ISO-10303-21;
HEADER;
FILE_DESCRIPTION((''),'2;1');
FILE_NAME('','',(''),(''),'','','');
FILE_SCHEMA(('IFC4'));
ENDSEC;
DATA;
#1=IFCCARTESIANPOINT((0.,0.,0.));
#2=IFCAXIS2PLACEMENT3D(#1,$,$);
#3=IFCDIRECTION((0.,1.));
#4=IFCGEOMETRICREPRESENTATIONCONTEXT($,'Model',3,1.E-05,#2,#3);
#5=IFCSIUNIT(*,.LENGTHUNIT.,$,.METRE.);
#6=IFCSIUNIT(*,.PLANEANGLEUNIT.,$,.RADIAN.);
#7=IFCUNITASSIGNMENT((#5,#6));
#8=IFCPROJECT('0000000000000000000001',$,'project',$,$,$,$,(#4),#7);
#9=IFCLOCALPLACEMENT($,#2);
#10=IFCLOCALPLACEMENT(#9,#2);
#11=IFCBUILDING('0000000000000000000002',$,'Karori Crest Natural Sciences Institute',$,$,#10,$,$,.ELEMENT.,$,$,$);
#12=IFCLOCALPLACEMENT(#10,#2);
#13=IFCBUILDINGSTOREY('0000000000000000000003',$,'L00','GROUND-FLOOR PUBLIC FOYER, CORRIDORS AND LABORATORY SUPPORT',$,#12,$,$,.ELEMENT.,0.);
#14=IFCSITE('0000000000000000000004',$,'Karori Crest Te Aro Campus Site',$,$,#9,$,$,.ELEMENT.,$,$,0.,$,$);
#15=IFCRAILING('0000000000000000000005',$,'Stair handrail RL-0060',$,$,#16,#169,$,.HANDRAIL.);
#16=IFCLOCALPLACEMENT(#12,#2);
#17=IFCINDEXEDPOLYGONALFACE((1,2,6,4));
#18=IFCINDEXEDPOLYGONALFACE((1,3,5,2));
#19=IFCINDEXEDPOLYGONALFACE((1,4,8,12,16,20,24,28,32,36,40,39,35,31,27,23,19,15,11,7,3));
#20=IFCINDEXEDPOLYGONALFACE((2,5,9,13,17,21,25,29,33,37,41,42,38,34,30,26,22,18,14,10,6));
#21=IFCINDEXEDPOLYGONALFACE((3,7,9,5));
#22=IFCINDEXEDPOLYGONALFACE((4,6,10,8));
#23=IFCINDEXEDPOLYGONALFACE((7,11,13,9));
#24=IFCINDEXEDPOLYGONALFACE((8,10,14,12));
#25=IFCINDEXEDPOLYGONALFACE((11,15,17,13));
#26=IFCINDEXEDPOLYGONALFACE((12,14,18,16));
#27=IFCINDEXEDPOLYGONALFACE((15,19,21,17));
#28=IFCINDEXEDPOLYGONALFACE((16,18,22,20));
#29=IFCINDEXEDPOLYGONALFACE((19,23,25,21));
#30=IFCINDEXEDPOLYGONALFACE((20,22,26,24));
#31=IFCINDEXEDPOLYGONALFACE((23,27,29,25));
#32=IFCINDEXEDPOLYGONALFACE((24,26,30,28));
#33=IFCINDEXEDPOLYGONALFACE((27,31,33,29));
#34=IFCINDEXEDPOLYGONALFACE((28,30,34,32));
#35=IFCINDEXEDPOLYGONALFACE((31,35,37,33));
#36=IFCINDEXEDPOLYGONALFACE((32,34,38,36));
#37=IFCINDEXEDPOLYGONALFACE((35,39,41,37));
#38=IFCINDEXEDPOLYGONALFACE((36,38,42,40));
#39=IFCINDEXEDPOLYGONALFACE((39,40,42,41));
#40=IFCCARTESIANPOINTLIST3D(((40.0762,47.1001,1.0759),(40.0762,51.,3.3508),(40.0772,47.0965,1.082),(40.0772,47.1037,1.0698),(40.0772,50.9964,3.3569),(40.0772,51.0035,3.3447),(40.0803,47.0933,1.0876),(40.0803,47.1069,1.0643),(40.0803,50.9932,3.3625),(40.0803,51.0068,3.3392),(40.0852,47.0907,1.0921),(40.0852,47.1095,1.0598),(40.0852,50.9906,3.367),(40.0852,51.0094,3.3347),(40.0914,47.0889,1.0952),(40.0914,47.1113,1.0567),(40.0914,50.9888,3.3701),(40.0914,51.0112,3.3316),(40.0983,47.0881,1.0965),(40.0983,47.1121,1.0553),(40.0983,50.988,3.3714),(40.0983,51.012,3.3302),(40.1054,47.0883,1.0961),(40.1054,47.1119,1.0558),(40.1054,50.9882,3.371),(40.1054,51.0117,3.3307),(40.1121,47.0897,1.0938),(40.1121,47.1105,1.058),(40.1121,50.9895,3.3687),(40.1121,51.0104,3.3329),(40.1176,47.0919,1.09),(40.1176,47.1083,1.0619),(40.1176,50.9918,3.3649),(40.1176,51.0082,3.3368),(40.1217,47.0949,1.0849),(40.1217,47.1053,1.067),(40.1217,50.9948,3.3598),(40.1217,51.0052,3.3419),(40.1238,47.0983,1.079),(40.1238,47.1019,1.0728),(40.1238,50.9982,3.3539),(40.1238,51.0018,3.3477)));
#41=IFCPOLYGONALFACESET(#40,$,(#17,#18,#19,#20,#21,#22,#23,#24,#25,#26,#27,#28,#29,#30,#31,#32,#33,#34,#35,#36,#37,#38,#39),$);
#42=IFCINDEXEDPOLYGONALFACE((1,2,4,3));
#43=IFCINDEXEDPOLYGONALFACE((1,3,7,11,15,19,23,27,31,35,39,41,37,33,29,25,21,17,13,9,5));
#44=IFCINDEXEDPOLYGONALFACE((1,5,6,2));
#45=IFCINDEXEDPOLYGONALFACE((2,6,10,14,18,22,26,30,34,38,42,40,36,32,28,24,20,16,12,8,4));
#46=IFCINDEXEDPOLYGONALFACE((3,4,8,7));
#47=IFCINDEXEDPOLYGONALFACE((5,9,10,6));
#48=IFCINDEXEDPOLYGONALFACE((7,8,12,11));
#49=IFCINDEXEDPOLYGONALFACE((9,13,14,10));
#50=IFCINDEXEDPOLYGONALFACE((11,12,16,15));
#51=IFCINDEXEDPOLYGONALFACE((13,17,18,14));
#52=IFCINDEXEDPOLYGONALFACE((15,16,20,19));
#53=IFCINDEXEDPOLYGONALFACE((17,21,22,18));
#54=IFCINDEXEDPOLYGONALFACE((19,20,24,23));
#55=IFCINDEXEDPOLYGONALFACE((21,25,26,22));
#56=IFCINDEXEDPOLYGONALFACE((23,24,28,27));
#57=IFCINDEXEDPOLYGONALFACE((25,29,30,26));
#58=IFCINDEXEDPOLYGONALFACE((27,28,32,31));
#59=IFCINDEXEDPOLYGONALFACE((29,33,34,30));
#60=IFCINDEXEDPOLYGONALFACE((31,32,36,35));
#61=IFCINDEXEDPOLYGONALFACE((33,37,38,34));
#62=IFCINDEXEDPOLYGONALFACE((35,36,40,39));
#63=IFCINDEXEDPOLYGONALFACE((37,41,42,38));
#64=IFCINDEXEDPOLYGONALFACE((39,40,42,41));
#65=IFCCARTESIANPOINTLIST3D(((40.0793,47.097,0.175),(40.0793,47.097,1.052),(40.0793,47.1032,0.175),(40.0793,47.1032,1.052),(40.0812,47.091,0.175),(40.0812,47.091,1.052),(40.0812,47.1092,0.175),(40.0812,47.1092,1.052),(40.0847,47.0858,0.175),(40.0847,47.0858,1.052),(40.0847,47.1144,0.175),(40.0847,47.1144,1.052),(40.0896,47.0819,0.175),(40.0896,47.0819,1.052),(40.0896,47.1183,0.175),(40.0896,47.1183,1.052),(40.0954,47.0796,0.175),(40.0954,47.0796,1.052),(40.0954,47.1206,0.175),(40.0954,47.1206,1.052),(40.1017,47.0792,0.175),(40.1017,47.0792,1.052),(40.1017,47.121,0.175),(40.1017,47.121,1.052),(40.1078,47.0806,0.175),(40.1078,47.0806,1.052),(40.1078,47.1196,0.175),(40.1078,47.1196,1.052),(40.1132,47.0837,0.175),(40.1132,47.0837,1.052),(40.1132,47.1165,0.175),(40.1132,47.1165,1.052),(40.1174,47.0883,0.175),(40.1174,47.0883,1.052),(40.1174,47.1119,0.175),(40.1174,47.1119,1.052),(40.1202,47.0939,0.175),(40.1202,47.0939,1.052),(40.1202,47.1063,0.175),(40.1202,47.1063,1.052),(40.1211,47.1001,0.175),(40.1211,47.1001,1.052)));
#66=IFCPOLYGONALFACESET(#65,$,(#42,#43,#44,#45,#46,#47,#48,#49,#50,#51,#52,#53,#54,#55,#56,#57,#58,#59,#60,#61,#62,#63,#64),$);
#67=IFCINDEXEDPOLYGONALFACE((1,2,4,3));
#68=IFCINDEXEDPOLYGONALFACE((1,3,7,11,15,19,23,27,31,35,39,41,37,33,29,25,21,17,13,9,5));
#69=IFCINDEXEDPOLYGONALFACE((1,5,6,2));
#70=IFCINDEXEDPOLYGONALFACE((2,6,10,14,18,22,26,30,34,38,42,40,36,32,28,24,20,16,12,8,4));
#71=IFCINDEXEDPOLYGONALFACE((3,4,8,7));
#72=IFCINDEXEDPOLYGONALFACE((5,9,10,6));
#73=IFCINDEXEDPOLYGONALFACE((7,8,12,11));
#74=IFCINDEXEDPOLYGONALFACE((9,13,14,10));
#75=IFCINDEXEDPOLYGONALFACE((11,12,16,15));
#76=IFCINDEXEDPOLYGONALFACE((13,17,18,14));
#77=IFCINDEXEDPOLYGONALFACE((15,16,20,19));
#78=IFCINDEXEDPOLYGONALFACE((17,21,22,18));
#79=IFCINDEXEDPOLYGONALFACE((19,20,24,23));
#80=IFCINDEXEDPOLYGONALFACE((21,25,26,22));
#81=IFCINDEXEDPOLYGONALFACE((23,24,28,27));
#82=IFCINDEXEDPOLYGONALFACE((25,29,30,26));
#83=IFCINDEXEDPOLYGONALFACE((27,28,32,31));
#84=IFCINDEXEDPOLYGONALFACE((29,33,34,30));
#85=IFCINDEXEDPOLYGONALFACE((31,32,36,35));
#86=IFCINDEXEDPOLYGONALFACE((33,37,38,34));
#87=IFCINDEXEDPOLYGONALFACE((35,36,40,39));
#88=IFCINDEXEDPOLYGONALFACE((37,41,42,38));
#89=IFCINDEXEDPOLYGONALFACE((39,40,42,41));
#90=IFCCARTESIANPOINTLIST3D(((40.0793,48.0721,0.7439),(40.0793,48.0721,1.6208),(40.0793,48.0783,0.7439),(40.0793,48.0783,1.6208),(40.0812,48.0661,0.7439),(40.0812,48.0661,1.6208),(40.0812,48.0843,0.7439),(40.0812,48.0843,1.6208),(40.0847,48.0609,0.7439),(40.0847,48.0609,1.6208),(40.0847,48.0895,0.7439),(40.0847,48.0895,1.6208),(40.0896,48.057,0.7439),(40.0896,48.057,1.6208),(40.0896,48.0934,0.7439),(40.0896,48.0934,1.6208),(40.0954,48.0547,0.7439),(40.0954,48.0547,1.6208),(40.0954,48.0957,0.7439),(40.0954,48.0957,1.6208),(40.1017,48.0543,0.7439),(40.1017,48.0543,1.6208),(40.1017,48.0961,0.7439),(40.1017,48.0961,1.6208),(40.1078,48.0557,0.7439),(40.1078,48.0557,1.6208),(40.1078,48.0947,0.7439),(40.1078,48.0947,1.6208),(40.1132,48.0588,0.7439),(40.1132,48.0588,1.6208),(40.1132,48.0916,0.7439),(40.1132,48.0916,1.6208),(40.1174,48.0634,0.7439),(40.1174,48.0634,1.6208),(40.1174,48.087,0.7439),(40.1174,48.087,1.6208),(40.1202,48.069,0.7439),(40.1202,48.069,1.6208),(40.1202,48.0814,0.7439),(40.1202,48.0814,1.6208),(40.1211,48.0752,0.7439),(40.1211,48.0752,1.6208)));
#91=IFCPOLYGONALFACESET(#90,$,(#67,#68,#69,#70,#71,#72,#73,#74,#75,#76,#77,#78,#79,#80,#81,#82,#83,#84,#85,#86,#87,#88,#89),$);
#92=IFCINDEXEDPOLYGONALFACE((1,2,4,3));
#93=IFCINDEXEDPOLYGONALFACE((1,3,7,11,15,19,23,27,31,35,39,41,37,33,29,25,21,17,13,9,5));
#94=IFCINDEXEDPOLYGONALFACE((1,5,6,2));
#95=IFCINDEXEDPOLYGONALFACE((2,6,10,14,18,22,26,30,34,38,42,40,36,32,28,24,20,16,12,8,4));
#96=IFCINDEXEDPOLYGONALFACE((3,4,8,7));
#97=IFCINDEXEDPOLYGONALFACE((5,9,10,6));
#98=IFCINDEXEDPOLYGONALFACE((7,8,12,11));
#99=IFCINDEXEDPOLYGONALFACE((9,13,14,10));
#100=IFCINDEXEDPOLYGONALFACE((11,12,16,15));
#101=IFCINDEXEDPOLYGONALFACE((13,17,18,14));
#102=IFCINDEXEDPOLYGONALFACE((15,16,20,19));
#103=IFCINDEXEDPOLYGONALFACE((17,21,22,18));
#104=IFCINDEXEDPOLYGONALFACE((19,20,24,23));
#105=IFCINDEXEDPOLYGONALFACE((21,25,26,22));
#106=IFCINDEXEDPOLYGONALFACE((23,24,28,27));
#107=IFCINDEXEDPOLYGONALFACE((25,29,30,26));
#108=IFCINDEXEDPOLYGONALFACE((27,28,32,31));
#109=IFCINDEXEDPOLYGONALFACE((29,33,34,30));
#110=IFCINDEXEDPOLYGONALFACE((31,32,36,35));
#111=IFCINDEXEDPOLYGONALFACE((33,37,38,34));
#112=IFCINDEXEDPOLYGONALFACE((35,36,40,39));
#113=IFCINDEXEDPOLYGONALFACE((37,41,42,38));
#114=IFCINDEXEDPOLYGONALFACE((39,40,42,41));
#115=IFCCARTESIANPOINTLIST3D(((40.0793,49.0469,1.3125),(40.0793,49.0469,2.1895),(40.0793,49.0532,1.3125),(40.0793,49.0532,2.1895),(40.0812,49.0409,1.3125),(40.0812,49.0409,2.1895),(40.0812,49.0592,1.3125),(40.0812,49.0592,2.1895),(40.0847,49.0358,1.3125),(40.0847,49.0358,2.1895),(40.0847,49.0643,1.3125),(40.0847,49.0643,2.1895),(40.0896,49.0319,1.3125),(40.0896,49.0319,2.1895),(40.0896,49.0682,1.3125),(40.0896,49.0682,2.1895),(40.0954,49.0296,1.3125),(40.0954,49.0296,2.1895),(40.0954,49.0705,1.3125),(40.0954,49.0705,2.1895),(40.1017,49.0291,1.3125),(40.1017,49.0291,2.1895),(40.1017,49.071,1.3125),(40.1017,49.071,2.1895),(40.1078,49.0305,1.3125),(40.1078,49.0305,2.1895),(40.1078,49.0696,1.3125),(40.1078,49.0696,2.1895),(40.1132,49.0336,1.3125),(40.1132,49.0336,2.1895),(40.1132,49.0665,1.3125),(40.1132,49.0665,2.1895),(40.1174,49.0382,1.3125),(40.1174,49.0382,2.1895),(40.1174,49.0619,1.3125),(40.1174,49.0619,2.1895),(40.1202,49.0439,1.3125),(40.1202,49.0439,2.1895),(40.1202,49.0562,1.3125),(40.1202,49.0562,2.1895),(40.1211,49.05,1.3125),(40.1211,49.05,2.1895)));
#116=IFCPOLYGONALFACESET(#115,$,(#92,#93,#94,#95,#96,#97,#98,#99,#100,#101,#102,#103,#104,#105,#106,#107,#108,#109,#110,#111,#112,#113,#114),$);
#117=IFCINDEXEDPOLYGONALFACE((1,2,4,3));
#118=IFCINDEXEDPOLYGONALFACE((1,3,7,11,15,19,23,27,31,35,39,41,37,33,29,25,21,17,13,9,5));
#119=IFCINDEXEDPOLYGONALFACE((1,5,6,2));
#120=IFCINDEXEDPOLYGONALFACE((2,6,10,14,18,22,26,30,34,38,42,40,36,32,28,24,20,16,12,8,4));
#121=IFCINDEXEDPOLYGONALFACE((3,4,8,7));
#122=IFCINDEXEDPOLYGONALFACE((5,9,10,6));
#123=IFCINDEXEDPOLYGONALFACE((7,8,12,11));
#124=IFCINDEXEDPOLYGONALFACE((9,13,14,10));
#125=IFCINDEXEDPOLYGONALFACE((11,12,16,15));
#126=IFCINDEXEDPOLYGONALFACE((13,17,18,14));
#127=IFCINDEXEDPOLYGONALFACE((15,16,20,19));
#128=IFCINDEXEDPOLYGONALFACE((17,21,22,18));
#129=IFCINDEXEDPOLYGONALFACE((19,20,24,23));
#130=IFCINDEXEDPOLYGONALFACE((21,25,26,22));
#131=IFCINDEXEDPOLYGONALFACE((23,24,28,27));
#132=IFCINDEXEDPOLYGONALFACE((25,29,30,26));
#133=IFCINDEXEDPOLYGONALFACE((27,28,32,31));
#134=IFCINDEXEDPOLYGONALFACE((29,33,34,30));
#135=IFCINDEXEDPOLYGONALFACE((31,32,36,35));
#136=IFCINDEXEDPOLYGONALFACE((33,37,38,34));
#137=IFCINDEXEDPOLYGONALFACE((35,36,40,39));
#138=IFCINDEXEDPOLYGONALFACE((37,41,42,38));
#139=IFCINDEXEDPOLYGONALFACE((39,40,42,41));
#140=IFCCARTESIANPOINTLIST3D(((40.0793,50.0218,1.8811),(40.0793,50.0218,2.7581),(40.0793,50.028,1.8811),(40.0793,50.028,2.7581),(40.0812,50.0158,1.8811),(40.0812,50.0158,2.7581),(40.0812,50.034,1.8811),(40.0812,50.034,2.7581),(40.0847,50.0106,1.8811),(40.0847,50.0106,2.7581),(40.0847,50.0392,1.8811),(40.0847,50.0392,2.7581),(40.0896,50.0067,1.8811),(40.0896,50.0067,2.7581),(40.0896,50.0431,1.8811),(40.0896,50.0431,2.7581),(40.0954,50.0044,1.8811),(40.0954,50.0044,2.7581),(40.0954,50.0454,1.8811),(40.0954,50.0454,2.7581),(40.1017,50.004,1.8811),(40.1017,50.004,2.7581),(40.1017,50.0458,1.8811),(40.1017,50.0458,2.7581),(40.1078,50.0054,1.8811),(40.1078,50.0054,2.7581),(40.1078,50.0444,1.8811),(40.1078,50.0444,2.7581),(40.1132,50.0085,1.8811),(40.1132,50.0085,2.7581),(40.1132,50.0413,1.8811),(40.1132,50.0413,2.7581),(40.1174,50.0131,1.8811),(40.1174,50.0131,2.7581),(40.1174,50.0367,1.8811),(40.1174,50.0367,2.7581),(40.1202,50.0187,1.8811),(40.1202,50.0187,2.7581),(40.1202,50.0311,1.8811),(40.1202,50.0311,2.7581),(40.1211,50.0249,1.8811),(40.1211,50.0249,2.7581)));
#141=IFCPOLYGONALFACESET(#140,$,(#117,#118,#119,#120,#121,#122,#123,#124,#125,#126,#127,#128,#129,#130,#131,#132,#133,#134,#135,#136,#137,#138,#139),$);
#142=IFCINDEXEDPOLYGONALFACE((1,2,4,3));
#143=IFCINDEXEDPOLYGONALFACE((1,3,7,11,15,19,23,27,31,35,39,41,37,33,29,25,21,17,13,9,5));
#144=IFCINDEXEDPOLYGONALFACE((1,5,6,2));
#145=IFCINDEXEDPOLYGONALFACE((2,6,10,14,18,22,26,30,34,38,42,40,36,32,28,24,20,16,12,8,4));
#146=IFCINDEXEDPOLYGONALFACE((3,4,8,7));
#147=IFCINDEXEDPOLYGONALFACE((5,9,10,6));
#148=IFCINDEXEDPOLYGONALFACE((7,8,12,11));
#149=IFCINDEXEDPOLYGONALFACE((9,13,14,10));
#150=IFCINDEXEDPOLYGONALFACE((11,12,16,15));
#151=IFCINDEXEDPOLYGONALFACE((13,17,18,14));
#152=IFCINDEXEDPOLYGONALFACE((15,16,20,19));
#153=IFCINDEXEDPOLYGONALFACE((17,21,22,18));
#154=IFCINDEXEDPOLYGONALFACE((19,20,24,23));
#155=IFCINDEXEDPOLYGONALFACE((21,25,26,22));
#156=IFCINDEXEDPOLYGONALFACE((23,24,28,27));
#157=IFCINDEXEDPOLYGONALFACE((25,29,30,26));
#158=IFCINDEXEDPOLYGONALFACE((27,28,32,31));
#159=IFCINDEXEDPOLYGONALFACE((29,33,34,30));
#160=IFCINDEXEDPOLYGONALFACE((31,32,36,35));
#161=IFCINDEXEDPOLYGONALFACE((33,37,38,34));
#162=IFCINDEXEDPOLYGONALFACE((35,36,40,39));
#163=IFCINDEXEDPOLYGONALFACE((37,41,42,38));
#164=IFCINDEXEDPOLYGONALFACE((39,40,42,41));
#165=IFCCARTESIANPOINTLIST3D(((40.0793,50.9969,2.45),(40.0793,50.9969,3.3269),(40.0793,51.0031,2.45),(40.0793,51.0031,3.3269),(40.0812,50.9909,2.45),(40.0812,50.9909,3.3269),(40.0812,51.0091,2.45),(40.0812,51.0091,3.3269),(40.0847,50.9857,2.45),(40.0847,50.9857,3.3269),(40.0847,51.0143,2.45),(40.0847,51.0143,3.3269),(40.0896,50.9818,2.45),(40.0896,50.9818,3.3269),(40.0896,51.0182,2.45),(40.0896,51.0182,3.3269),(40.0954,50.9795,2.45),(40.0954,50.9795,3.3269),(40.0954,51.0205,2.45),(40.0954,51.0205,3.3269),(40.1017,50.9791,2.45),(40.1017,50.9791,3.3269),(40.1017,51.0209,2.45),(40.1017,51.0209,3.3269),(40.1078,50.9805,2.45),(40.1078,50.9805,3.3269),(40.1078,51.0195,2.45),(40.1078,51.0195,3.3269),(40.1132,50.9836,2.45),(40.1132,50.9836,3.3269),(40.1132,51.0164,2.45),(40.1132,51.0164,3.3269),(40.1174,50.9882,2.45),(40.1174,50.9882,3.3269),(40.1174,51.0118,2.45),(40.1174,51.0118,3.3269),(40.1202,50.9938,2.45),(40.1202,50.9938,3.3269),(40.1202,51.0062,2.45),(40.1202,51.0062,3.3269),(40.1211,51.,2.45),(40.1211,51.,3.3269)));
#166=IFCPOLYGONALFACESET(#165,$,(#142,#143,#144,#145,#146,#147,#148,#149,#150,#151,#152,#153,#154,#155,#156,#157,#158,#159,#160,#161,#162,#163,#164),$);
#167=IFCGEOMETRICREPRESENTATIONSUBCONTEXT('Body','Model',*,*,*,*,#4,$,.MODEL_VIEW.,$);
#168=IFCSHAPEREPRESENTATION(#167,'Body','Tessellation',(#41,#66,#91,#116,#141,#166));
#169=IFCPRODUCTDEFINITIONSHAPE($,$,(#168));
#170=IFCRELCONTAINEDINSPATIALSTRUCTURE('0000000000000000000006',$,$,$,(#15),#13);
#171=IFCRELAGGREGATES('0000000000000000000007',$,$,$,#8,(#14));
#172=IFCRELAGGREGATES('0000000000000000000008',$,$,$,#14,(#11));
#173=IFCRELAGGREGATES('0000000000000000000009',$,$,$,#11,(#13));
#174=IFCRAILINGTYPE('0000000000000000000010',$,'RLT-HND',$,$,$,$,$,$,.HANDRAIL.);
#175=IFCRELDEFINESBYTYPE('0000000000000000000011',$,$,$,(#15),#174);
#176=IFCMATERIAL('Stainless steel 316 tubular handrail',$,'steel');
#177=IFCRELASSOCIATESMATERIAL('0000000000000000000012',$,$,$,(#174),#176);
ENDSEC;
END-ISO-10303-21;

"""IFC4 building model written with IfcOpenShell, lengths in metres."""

from ifc_helpers import new_model, si_unit, direction, frame, origin, origin_2d, place, context, subcontext, project, spatial, circle, extrude, material, type_object, element, save


model = new_model("IFC4")

# Units and contexts
model_context = context("Model", 3, precision=1e-05, world=origin(), true_north=direction((0.0, 1.0)))
body_context = subcontext(model_context, "Body", "Model", "MODEL_VIEW")
ifc_project = project(units=[si_unit("LENGTHUNIT", "METRE"), si_unit("PLANEANGLEUNIT", "RADIAN")], contexts=[model_context])

# Site, building, storey
site_placement = place(None, origin())
site = spatial("IfcSite", under=ifc_project, at=site_placement, Name="Karori Crest Te Aro Campus Site", CompositionType="ELEMENT", RefElevation=0.0)
building_placement = place(site_placement, origin())
building = spatial("IfcBuilding", under=site, at=building_placement, Name="Karori Crest Natural Sciences Institute", CompositionType="ELEMENT")
storey_placement = place(building_placement, origin())
storey = spatial("IfcBuildingStorey", under=building, at=storey_placement, Name="L00", Description="GROUND-FLOOR PUBLIC FOYER, CORRIDORS AND LABORATORY SUPPORT", CompositionType="ELEMENT", Elevation=0.0)

# Railing
ifc_material_1 = material(Name="Stainless steel 316 tubular handrail", Category="steel")
railing_type_1 = type_object("IfcRailingType", Name="RLT-HND", PredefinedType="HANDRAIL", material=ifc_material_1)
railing_1_placement = place(storey_placement, frame((40.1001, 47.1001, 0.175)))
element("IfcRailing", 1, at=railing_1_placement, inside=storey, type_object=railing_type_1, Name="Stair handrail RL-0060", PredefinedType="HANDRAIL", context=body_context, shape_type="SweptSolid", body=[
    extrude(circle(Radius=0.0239, at=origin_2d()), frame((0.0, 0.0, 0.9009), z_axis=(0.0, 0.863783, 0.503864), x_axis=(-1.0, 0.0, 0.0)), (0.0, 0.0, 1.0), 4.5149),
    extrude(circle(Radius=0.021, at=origin_2d()), origin(), (0.0, 0.0, 1.0), 0.877),
    extrude(circle(Radius=0.021, at=origin_2d()), frame((0.0, 0.9751, 0.5688)), (0.0, 0.0, 1.0), 0.877),
    extrude(circle(Radius=0.021, at=origin_2d()), frame((0.0, 1.95, 1.1375)), (0.0, 0.0, 1.0), 0.877),
    extrude(circle(Radius=0.021, at=origin_2d()), frame((0.0, 2.9248, 1.7061)), (0.0, 0.0, 1.0), 0.877),
    extrude(circle(Radius=0.021, at=origin_2d()), frame((0.0, 3.8999, 2.2749)), (0.0, 0.0, 1.0), 0.877),
])

save(model, "model.ifc")
